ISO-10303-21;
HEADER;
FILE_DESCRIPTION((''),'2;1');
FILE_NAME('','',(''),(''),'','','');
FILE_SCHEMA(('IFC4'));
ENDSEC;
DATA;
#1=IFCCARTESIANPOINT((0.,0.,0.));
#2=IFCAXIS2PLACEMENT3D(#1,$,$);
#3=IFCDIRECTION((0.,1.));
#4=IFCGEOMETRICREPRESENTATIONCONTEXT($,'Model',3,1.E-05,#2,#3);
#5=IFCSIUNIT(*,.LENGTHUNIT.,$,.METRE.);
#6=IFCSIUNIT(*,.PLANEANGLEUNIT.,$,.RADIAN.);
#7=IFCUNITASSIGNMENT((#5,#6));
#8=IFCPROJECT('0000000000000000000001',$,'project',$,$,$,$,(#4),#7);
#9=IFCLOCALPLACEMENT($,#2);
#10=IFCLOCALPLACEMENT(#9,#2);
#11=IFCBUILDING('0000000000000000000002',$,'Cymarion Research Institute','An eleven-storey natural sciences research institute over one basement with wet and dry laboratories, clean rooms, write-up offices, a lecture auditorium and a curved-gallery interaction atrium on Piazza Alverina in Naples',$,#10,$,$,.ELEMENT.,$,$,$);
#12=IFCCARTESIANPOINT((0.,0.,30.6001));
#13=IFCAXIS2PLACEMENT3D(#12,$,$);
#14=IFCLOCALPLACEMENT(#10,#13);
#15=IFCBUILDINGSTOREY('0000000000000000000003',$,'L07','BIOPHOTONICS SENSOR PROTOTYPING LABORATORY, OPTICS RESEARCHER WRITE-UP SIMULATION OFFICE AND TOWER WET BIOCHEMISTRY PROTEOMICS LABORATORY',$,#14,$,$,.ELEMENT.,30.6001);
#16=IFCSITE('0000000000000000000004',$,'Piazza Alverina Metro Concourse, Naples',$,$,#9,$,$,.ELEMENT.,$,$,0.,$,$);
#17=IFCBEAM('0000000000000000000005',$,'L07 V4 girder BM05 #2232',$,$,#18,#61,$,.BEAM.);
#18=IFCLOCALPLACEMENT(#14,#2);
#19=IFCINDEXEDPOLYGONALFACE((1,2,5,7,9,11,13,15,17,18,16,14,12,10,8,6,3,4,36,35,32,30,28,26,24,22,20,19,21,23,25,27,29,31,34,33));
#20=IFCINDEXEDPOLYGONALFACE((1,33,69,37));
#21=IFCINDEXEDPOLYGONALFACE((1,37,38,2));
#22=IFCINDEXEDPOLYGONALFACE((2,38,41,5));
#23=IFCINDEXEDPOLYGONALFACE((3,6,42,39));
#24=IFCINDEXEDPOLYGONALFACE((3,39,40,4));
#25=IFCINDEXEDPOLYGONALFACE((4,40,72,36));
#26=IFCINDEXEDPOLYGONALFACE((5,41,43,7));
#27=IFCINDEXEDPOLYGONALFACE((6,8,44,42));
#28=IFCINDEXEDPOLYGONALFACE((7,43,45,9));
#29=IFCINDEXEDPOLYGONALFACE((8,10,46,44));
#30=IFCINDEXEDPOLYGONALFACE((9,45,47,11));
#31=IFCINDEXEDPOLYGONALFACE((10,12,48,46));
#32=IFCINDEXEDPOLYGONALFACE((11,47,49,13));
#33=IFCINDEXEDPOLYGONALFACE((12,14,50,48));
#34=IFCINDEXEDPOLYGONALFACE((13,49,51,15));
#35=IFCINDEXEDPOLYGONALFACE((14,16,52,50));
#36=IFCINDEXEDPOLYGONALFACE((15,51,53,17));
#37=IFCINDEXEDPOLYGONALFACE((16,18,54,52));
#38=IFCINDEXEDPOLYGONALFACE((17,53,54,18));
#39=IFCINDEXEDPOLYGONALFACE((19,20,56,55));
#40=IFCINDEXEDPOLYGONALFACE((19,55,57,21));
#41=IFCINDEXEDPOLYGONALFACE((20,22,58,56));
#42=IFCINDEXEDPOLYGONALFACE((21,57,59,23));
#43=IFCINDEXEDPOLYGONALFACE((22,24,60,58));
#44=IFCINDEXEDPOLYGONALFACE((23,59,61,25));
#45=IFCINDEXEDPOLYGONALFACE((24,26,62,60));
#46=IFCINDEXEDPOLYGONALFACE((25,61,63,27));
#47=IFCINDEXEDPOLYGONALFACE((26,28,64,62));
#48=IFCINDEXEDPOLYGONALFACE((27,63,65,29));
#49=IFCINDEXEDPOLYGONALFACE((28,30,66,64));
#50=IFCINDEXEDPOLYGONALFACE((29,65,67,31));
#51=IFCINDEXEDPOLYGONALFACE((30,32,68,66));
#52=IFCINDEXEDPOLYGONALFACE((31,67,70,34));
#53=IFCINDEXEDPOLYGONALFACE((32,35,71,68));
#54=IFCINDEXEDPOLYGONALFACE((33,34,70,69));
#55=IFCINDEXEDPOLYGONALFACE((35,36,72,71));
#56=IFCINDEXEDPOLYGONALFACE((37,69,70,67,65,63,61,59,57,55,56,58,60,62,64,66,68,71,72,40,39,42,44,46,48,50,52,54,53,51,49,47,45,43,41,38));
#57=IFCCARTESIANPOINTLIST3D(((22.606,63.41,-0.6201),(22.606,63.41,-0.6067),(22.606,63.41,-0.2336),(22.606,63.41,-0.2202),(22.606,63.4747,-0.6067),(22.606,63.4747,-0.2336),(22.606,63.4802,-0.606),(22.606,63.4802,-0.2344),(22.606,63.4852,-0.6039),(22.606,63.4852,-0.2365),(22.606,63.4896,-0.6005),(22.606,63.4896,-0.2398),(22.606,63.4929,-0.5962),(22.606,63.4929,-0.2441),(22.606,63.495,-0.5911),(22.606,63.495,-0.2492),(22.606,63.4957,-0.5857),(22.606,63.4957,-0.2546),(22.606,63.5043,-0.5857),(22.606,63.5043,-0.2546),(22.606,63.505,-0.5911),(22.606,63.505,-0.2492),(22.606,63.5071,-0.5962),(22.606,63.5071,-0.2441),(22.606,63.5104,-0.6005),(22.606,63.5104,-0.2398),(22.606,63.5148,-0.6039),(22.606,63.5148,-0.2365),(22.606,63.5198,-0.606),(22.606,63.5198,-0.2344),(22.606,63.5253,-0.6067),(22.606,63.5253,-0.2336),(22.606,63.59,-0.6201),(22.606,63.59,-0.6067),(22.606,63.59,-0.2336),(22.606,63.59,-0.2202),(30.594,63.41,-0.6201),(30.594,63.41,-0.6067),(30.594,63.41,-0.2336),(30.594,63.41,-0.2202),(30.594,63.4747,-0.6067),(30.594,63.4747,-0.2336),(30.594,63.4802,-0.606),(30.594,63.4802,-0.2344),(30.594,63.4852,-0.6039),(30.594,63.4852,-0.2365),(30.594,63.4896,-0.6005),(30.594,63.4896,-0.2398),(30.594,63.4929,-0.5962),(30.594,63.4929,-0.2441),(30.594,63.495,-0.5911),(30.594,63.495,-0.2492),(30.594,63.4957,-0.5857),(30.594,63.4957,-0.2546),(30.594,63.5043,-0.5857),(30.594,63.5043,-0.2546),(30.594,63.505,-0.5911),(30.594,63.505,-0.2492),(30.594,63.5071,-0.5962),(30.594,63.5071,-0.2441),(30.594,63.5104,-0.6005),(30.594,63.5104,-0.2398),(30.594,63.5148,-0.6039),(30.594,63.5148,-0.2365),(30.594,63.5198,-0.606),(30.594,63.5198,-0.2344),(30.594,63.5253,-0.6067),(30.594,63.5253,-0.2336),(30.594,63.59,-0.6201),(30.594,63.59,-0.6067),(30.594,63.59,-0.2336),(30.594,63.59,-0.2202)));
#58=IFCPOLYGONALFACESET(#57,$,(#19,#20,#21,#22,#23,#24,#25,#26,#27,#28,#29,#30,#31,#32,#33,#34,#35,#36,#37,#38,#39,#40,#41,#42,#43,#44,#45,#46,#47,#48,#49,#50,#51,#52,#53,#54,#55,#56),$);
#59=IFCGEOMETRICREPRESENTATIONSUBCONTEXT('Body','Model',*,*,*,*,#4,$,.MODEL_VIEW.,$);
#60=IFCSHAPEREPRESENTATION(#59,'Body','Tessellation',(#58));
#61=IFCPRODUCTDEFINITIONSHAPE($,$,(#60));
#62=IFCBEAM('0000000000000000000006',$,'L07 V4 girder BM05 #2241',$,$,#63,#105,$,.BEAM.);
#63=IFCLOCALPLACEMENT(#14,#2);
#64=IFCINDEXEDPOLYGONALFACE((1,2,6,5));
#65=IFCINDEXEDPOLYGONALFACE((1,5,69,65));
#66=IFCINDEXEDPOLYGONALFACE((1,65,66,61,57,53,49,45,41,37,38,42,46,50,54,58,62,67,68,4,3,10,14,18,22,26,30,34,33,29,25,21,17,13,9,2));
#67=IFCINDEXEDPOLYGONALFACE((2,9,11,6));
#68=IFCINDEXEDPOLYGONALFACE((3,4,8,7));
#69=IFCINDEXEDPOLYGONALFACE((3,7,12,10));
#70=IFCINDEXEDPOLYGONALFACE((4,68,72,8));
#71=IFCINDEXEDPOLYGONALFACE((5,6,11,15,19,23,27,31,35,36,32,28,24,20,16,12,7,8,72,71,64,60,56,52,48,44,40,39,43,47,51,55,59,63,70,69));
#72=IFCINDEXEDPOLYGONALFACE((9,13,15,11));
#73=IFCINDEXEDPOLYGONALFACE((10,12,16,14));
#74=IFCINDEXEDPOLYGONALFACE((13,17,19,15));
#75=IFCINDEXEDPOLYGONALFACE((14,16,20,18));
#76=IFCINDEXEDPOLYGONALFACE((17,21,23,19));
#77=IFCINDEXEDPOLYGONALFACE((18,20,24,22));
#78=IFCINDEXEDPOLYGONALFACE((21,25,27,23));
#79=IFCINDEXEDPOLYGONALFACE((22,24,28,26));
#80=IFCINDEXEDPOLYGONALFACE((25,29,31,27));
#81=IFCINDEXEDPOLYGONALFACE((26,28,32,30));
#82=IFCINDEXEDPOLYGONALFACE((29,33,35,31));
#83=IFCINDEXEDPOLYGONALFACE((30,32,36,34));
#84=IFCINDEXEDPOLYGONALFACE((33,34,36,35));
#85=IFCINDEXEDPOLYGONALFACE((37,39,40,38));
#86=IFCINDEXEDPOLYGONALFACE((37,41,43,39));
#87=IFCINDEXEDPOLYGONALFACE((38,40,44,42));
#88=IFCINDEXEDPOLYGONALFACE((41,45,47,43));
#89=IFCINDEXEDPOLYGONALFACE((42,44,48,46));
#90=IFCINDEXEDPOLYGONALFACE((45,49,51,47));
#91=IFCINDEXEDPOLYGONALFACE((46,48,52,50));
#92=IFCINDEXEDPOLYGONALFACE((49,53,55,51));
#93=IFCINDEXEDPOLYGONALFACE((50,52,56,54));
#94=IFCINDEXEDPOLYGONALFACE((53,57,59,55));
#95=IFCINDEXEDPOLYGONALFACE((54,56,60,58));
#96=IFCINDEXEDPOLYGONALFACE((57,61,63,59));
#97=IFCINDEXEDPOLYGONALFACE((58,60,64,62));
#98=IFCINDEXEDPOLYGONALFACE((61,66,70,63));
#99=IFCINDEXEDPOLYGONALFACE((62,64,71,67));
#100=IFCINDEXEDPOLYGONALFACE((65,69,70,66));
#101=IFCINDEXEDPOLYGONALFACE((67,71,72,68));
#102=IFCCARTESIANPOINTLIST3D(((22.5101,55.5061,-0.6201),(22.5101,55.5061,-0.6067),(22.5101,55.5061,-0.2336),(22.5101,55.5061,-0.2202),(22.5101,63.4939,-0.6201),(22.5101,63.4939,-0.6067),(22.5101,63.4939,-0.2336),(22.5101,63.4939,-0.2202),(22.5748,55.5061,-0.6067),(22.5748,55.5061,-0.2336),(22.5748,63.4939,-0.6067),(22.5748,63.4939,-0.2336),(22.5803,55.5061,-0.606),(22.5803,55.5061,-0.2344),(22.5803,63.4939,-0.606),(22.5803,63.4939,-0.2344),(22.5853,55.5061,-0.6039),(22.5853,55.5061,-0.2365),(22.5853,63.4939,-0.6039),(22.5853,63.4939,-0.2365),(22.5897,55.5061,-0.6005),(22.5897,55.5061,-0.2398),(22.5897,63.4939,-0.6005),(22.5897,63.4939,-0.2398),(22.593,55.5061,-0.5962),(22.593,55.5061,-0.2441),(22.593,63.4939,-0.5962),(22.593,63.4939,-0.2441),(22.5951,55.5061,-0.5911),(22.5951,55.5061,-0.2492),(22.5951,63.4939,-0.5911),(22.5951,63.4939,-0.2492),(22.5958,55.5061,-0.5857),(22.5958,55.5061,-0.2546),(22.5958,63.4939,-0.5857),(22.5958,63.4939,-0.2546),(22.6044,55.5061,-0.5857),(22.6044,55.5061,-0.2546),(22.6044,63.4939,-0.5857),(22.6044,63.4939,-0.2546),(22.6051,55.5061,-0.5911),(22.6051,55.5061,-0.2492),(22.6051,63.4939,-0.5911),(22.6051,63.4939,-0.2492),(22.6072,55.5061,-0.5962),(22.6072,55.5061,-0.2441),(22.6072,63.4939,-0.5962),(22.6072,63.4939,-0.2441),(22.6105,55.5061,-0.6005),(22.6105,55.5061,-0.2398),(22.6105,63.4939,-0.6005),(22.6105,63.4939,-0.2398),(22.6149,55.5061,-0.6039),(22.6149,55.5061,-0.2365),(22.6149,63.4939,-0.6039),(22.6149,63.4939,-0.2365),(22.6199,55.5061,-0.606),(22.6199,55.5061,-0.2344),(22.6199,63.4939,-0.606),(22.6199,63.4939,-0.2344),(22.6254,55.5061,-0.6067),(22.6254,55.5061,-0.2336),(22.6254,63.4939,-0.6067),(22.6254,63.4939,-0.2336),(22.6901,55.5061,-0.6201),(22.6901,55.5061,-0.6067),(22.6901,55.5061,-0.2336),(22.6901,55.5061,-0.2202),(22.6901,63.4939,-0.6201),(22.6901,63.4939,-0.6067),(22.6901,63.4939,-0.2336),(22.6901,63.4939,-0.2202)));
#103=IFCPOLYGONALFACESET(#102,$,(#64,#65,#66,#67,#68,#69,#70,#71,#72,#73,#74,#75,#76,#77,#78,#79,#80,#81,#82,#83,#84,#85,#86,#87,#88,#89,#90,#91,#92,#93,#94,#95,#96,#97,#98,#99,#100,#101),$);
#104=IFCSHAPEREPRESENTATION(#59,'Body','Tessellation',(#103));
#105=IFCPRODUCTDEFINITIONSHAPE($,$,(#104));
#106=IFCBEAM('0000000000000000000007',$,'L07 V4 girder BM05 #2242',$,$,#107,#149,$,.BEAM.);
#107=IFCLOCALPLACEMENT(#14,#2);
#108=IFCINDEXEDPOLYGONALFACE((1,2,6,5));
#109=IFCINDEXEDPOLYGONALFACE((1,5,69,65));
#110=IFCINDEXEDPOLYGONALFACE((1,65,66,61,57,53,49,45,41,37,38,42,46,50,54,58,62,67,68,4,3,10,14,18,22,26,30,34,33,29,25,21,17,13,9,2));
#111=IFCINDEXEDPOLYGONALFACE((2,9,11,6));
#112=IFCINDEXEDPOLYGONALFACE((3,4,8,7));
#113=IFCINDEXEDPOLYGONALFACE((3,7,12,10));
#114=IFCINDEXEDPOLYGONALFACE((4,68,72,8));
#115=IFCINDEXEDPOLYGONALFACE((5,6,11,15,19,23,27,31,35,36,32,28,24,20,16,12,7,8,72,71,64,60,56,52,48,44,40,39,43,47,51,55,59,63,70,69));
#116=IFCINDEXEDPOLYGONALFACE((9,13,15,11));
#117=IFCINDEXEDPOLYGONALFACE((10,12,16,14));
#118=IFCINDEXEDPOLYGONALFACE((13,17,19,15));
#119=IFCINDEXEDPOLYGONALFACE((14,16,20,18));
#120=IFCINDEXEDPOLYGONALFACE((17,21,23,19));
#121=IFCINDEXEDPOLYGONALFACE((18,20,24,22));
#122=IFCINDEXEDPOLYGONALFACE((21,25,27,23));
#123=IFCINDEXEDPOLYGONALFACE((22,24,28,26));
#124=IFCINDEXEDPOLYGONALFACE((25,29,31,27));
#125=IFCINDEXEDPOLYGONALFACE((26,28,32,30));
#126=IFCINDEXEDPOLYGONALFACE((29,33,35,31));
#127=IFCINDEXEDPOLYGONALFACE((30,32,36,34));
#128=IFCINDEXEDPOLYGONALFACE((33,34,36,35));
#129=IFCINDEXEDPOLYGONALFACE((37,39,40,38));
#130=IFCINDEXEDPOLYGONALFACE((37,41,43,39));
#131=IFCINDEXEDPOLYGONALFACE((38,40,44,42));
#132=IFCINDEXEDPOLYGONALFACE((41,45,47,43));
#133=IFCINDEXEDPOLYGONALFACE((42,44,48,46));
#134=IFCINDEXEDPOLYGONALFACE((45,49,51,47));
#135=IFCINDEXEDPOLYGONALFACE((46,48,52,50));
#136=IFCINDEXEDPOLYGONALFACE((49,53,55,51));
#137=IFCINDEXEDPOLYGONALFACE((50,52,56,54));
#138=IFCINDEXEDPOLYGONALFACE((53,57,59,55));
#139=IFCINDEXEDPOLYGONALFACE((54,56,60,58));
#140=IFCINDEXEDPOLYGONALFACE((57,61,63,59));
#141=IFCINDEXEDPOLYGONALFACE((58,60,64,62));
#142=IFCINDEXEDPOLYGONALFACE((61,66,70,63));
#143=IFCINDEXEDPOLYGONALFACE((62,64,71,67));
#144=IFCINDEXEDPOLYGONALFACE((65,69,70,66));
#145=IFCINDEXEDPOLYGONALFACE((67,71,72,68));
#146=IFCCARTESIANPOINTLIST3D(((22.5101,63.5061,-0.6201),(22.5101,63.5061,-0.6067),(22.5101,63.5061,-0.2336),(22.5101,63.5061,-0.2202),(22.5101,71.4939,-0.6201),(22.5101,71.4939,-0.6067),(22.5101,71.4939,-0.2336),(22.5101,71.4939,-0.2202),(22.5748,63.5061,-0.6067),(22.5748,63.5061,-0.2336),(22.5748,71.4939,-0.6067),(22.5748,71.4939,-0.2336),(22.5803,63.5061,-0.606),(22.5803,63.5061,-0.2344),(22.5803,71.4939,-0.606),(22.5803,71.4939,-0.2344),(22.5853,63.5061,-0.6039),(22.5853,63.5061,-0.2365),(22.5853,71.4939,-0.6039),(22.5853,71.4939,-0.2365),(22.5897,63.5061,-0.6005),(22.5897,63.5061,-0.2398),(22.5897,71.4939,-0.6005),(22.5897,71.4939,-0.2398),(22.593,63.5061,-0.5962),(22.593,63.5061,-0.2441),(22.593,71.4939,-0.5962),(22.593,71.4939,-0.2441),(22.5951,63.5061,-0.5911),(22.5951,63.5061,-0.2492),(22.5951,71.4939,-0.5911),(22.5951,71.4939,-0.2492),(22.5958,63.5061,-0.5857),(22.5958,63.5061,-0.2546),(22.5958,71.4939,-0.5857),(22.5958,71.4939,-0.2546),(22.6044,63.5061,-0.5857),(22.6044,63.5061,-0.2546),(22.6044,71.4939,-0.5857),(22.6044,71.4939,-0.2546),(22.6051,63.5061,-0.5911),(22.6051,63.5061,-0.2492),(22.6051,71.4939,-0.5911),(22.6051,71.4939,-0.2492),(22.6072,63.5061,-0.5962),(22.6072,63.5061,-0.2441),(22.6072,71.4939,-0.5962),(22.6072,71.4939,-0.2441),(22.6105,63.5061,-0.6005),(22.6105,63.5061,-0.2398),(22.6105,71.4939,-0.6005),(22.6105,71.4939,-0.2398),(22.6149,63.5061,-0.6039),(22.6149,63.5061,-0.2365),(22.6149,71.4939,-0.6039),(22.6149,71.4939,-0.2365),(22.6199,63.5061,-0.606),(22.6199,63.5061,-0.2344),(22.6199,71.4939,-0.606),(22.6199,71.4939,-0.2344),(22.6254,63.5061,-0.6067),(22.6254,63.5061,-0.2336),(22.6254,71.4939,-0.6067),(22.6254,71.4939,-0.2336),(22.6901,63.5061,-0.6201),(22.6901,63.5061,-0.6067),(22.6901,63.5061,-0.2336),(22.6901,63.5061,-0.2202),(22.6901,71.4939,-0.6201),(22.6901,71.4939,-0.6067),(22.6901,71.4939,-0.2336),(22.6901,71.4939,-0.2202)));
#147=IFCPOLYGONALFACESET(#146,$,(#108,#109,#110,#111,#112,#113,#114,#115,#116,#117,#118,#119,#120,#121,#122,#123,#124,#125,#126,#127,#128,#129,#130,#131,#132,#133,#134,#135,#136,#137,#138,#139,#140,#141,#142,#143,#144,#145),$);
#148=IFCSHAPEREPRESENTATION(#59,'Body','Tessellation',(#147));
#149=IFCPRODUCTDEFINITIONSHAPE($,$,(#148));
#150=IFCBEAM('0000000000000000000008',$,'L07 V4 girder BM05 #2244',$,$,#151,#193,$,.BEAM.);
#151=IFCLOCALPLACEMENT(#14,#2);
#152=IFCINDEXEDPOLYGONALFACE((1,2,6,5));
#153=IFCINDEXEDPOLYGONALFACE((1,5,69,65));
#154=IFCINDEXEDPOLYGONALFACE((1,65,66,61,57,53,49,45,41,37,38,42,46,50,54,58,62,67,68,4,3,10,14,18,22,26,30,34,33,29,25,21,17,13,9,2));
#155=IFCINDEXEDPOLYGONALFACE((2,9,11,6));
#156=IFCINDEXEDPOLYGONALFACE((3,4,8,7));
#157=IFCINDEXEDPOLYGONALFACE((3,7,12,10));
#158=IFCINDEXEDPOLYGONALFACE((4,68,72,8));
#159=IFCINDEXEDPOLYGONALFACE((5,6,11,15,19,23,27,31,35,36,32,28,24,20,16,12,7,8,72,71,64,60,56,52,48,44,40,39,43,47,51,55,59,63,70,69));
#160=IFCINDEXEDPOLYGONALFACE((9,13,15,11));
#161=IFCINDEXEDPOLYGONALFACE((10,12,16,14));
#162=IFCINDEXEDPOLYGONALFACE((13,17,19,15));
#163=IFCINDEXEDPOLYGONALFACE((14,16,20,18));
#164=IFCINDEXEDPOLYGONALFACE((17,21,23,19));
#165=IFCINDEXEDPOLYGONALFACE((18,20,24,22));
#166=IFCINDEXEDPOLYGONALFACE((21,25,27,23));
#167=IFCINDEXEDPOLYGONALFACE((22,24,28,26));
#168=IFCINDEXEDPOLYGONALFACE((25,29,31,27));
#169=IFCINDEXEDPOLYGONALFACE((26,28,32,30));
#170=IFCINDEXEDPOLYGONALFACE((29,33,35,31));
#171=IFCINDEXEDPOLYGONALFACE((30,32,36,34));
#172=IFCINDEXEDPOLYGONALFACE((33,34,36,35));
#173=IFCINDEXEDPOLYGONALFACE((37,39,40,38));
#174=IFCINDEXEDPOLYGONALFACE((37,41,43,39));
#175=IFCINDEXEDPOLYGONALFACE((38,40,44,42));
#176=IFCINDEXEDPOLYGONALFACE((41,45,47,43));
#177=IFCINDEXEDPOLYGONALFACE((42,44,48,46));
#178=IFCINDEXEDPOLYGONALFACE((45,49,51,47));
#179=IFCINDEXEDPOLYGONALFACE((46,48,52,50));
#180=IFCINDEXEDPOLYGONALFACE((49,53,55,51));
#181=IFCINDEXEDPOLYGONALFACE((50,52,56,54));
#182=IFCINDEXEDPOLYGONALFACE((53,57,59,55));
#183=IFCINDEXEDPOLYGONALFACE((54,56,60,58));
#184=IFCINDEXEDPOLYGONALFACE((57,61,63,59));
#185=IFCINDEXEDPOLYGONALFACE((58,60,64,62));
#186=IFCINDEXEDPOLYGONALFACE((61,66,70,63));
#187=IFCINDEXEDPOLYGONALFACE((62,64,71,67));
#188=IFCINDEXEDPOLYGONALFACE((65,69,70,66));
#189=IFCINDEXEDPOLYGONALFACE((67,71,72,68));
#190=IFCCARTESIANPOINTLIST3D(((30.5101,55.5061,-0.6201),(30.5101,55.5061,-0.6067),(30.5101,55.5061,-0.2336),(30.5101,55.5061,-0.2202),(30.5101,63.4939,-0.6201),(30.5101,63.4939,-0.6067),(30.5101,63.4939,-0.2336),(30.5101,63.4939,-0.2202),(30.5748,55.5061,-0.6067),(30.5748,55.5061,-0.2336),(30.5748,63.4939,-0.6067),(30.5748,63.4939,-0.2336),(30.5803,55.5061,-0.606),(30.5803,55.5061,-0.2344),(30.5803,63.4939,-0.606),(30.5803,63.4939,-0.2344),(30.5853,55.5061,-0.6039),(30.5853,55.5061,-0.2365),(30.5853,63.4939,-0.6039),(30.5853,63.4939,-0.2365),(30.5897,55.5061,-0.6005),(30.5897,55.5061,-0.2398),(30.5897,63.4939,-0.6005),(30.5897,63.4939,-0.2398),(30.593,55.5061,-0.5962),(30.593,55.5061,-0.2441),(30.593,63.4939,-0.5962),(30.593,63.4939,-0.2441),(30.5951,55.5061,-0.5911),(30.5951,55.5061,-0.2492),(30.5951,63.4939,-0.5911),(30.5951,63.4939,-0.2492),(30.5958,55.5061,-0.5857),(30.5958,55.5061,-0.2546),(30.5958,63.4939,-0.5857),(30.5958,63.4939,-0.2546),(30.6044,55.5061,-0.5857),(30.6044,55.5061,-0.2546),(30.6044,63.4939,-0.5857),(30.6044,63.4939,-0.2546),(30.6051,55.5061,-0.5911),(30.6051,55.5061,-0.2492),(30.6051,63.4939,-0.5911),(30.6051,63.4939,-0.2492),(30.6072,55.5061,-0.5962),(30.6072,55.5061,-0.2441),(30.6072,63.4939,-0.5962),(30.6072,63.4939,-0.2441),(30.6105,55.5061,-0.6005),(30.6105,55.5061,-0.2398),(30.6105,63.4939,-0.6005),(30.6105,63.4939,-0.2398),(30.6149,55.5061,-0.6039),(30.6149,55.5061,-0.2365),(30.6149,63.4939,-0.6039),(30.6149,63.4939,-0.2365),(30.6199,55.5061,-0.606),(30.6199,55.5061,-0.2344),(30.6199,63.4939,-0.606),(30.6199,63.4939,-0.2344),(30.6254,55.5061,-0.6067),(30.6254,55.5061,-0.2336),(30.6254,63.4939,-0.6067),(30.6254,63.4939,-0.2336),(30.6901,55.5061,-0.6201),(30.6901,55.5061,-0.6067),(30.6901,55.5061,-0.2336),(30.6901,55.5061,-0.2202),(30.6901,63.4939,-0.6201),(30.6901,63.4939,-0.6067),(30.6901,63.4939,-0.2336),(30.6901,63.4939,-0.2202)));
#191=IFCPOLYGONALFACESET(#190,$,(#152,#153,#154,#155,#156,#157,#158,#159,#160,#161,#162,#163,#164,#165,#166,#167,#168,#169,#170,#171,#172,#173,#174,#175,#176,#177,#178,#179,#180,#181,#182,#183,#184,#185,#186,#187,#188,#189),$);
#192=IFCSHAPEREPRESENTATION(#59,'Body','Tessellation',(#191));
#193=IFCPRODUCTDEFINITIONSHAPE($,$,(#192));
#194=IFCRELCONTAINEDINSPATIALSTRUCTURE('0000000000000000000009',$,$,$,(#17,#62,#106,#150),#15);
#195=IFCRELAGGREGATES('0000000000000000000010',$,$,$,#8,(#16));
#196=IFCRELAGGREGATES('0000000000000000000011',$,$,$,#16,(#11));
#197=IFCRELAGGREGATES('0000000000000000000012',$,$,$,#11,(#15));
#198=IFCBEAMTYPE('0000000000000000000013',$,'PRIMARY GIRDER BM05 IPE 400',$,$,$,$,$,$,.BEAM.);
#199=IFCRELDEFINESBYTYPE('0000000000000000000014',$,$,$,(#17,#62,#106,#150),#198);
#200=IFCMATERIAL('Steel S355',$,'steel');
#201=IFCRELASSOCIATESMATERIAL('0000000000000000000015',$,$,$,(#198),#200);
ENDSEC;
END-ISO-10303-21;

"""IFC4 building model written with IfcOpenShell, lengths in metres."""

from ifc_helpers import new_model, si_unit, direction, frame, origin, origin_2d, place, context, subcontext, project, spatial, i_section, extrude, material, material_profile, profile_set, type_object, element, save


model = new_model("IFC4")

# Units and contexts
model_context = context("Model", 3, precision=1e-05, world=origin(), true_north=direction((0.0, 1.0)))
body_context = subcontext(model_context, "Body", "Model", "MODEL_VIEW")
ifc_project = project(units=[si_unit("LENGTHUNIT", "METRE"), si_unit("PLANEANGLEUNIT", "RADIAN")], contexts=[model_context])

# Site, building, storey
site_placement = place(None, origin())
site = spatial("IfcSite", under=ifc_project, at=site_placement, Name="Piazza Alverina Metro Concourse, Naples", CompositionType="ELEMENT", RefElevation=0.0)
building_placement = place(site_placement, origin())
building = spatial("IfcBuilding", under=site, at=building_placement, Name="Cymarion Research Institute", Description="An eleven-storey natural sciences research institute over one basement with wet and dry laboratories, clean rooms, write-up offices, a lecture auditorium and a curved-gallery interaction atrium on Piazza Alverina in Naples", CompositionType="ELEMENT")
storey_placement = place(building_placement, frame((0.0, 0.0, 30.6001)))
storey = spatial("IfcBuildingStorey", under=building, at=storey_placement, Name="L07", Description="BIOPHOTONICS SENSOR PROTOTYPING LABORATORY, OPTICS RESEARCHER WRITE-UP SIMULATION OFFICE AND TOWER WET BIOCHEMISTRY PROTEOMICS LABORATORY", CompositionType="ELEMENT", Elevation=30.6001)

# Shared definitions
ifc_material_1 = material(Name="Steel S355", Category="steel")

# Beams
ifc_material_profile_1 = material_profile(ifc_material_1, i_section(OverallWidth=0.1799, OverallDepth=0.3999, WebThickness=0.0085, FlangeThickness=0.0134, FilletRadius=0.021, at=origin_2d()), Name="IPE 400")
ifc_profile_set_1 = profile_set([ifc_material_profile_1], Name="Steel S355")
beam_type_1 = type_object("IfcBeamType", Name="PRIMARY GIRDER BM05 IPE 400", PredefinedType="BEAM", material=ifc_profile_set_1)
for number, where, z_axis, x_axis, name in (
    (1, (22.606, 63.5, -0.4202), (1.0, 0.0, 0.0), (0.0, 1.0, 0.0), "L07 V4 girder BM05 #2232"),
):
    element("IfcBeam", number, at=place(storey_placement, frame(where, z_axis=z_axis, x_axis=x_axis)), inside=storey, type_object=beam_type_1, Name=name, PredefinedType="BEAM", context=body_context, shape_type="SweptSolid", body=[
        extrude(i_section(OverallWidth=0.1799, OverallDepth=0.3999, WebThickness=0.0085, FlangeThickness=0.0134, FilletRadius=0.021, at=origin_2d()), origin(), (0.0, 0.0, 1.0), 7.988),
    ])
for number, where, z_axis, x_axis, name in (
    (2, (22.6001, 55.5061, -0.4202), (0.0, 1.0, 0.0), (-1.0, 0.0, 0.0), "L07 V4 girder BM05 #2241"),
    (3, (22.6001, 63.5061, -0.4202), (0.0, 1.0, 0.0), (-1.0, 0.0, 0.0), "L07 V4 girder BM05 #2242"),
    (4, (30.6001, 55.5061, -0.4202), (0.0, 1.0, 0.0), (-1.0, 0.0, 0.0), "L07 V4 girder BM05 #2244"),
):
    element("IfcBeam", number, at=place(storey_placement, frame(where, z_axis=z_axis, x_axis=x_axis)), inside=storey, type_object=beam_type_1, Name=name, PredefinedType="BEAM", context=body_context, shape_type="SweptSolid", body=[
        extrude(i_section(OverallWidth=0.1799, OverallDepth=0.3999, WebThickness=0.0085, FlangeThickness=0.0134, FilletRadius=0.021, at=origin_2d()), origin(), (0.0, 0.0, 1.0), 7.9878),
    ])

save(model, "model.ifc")
